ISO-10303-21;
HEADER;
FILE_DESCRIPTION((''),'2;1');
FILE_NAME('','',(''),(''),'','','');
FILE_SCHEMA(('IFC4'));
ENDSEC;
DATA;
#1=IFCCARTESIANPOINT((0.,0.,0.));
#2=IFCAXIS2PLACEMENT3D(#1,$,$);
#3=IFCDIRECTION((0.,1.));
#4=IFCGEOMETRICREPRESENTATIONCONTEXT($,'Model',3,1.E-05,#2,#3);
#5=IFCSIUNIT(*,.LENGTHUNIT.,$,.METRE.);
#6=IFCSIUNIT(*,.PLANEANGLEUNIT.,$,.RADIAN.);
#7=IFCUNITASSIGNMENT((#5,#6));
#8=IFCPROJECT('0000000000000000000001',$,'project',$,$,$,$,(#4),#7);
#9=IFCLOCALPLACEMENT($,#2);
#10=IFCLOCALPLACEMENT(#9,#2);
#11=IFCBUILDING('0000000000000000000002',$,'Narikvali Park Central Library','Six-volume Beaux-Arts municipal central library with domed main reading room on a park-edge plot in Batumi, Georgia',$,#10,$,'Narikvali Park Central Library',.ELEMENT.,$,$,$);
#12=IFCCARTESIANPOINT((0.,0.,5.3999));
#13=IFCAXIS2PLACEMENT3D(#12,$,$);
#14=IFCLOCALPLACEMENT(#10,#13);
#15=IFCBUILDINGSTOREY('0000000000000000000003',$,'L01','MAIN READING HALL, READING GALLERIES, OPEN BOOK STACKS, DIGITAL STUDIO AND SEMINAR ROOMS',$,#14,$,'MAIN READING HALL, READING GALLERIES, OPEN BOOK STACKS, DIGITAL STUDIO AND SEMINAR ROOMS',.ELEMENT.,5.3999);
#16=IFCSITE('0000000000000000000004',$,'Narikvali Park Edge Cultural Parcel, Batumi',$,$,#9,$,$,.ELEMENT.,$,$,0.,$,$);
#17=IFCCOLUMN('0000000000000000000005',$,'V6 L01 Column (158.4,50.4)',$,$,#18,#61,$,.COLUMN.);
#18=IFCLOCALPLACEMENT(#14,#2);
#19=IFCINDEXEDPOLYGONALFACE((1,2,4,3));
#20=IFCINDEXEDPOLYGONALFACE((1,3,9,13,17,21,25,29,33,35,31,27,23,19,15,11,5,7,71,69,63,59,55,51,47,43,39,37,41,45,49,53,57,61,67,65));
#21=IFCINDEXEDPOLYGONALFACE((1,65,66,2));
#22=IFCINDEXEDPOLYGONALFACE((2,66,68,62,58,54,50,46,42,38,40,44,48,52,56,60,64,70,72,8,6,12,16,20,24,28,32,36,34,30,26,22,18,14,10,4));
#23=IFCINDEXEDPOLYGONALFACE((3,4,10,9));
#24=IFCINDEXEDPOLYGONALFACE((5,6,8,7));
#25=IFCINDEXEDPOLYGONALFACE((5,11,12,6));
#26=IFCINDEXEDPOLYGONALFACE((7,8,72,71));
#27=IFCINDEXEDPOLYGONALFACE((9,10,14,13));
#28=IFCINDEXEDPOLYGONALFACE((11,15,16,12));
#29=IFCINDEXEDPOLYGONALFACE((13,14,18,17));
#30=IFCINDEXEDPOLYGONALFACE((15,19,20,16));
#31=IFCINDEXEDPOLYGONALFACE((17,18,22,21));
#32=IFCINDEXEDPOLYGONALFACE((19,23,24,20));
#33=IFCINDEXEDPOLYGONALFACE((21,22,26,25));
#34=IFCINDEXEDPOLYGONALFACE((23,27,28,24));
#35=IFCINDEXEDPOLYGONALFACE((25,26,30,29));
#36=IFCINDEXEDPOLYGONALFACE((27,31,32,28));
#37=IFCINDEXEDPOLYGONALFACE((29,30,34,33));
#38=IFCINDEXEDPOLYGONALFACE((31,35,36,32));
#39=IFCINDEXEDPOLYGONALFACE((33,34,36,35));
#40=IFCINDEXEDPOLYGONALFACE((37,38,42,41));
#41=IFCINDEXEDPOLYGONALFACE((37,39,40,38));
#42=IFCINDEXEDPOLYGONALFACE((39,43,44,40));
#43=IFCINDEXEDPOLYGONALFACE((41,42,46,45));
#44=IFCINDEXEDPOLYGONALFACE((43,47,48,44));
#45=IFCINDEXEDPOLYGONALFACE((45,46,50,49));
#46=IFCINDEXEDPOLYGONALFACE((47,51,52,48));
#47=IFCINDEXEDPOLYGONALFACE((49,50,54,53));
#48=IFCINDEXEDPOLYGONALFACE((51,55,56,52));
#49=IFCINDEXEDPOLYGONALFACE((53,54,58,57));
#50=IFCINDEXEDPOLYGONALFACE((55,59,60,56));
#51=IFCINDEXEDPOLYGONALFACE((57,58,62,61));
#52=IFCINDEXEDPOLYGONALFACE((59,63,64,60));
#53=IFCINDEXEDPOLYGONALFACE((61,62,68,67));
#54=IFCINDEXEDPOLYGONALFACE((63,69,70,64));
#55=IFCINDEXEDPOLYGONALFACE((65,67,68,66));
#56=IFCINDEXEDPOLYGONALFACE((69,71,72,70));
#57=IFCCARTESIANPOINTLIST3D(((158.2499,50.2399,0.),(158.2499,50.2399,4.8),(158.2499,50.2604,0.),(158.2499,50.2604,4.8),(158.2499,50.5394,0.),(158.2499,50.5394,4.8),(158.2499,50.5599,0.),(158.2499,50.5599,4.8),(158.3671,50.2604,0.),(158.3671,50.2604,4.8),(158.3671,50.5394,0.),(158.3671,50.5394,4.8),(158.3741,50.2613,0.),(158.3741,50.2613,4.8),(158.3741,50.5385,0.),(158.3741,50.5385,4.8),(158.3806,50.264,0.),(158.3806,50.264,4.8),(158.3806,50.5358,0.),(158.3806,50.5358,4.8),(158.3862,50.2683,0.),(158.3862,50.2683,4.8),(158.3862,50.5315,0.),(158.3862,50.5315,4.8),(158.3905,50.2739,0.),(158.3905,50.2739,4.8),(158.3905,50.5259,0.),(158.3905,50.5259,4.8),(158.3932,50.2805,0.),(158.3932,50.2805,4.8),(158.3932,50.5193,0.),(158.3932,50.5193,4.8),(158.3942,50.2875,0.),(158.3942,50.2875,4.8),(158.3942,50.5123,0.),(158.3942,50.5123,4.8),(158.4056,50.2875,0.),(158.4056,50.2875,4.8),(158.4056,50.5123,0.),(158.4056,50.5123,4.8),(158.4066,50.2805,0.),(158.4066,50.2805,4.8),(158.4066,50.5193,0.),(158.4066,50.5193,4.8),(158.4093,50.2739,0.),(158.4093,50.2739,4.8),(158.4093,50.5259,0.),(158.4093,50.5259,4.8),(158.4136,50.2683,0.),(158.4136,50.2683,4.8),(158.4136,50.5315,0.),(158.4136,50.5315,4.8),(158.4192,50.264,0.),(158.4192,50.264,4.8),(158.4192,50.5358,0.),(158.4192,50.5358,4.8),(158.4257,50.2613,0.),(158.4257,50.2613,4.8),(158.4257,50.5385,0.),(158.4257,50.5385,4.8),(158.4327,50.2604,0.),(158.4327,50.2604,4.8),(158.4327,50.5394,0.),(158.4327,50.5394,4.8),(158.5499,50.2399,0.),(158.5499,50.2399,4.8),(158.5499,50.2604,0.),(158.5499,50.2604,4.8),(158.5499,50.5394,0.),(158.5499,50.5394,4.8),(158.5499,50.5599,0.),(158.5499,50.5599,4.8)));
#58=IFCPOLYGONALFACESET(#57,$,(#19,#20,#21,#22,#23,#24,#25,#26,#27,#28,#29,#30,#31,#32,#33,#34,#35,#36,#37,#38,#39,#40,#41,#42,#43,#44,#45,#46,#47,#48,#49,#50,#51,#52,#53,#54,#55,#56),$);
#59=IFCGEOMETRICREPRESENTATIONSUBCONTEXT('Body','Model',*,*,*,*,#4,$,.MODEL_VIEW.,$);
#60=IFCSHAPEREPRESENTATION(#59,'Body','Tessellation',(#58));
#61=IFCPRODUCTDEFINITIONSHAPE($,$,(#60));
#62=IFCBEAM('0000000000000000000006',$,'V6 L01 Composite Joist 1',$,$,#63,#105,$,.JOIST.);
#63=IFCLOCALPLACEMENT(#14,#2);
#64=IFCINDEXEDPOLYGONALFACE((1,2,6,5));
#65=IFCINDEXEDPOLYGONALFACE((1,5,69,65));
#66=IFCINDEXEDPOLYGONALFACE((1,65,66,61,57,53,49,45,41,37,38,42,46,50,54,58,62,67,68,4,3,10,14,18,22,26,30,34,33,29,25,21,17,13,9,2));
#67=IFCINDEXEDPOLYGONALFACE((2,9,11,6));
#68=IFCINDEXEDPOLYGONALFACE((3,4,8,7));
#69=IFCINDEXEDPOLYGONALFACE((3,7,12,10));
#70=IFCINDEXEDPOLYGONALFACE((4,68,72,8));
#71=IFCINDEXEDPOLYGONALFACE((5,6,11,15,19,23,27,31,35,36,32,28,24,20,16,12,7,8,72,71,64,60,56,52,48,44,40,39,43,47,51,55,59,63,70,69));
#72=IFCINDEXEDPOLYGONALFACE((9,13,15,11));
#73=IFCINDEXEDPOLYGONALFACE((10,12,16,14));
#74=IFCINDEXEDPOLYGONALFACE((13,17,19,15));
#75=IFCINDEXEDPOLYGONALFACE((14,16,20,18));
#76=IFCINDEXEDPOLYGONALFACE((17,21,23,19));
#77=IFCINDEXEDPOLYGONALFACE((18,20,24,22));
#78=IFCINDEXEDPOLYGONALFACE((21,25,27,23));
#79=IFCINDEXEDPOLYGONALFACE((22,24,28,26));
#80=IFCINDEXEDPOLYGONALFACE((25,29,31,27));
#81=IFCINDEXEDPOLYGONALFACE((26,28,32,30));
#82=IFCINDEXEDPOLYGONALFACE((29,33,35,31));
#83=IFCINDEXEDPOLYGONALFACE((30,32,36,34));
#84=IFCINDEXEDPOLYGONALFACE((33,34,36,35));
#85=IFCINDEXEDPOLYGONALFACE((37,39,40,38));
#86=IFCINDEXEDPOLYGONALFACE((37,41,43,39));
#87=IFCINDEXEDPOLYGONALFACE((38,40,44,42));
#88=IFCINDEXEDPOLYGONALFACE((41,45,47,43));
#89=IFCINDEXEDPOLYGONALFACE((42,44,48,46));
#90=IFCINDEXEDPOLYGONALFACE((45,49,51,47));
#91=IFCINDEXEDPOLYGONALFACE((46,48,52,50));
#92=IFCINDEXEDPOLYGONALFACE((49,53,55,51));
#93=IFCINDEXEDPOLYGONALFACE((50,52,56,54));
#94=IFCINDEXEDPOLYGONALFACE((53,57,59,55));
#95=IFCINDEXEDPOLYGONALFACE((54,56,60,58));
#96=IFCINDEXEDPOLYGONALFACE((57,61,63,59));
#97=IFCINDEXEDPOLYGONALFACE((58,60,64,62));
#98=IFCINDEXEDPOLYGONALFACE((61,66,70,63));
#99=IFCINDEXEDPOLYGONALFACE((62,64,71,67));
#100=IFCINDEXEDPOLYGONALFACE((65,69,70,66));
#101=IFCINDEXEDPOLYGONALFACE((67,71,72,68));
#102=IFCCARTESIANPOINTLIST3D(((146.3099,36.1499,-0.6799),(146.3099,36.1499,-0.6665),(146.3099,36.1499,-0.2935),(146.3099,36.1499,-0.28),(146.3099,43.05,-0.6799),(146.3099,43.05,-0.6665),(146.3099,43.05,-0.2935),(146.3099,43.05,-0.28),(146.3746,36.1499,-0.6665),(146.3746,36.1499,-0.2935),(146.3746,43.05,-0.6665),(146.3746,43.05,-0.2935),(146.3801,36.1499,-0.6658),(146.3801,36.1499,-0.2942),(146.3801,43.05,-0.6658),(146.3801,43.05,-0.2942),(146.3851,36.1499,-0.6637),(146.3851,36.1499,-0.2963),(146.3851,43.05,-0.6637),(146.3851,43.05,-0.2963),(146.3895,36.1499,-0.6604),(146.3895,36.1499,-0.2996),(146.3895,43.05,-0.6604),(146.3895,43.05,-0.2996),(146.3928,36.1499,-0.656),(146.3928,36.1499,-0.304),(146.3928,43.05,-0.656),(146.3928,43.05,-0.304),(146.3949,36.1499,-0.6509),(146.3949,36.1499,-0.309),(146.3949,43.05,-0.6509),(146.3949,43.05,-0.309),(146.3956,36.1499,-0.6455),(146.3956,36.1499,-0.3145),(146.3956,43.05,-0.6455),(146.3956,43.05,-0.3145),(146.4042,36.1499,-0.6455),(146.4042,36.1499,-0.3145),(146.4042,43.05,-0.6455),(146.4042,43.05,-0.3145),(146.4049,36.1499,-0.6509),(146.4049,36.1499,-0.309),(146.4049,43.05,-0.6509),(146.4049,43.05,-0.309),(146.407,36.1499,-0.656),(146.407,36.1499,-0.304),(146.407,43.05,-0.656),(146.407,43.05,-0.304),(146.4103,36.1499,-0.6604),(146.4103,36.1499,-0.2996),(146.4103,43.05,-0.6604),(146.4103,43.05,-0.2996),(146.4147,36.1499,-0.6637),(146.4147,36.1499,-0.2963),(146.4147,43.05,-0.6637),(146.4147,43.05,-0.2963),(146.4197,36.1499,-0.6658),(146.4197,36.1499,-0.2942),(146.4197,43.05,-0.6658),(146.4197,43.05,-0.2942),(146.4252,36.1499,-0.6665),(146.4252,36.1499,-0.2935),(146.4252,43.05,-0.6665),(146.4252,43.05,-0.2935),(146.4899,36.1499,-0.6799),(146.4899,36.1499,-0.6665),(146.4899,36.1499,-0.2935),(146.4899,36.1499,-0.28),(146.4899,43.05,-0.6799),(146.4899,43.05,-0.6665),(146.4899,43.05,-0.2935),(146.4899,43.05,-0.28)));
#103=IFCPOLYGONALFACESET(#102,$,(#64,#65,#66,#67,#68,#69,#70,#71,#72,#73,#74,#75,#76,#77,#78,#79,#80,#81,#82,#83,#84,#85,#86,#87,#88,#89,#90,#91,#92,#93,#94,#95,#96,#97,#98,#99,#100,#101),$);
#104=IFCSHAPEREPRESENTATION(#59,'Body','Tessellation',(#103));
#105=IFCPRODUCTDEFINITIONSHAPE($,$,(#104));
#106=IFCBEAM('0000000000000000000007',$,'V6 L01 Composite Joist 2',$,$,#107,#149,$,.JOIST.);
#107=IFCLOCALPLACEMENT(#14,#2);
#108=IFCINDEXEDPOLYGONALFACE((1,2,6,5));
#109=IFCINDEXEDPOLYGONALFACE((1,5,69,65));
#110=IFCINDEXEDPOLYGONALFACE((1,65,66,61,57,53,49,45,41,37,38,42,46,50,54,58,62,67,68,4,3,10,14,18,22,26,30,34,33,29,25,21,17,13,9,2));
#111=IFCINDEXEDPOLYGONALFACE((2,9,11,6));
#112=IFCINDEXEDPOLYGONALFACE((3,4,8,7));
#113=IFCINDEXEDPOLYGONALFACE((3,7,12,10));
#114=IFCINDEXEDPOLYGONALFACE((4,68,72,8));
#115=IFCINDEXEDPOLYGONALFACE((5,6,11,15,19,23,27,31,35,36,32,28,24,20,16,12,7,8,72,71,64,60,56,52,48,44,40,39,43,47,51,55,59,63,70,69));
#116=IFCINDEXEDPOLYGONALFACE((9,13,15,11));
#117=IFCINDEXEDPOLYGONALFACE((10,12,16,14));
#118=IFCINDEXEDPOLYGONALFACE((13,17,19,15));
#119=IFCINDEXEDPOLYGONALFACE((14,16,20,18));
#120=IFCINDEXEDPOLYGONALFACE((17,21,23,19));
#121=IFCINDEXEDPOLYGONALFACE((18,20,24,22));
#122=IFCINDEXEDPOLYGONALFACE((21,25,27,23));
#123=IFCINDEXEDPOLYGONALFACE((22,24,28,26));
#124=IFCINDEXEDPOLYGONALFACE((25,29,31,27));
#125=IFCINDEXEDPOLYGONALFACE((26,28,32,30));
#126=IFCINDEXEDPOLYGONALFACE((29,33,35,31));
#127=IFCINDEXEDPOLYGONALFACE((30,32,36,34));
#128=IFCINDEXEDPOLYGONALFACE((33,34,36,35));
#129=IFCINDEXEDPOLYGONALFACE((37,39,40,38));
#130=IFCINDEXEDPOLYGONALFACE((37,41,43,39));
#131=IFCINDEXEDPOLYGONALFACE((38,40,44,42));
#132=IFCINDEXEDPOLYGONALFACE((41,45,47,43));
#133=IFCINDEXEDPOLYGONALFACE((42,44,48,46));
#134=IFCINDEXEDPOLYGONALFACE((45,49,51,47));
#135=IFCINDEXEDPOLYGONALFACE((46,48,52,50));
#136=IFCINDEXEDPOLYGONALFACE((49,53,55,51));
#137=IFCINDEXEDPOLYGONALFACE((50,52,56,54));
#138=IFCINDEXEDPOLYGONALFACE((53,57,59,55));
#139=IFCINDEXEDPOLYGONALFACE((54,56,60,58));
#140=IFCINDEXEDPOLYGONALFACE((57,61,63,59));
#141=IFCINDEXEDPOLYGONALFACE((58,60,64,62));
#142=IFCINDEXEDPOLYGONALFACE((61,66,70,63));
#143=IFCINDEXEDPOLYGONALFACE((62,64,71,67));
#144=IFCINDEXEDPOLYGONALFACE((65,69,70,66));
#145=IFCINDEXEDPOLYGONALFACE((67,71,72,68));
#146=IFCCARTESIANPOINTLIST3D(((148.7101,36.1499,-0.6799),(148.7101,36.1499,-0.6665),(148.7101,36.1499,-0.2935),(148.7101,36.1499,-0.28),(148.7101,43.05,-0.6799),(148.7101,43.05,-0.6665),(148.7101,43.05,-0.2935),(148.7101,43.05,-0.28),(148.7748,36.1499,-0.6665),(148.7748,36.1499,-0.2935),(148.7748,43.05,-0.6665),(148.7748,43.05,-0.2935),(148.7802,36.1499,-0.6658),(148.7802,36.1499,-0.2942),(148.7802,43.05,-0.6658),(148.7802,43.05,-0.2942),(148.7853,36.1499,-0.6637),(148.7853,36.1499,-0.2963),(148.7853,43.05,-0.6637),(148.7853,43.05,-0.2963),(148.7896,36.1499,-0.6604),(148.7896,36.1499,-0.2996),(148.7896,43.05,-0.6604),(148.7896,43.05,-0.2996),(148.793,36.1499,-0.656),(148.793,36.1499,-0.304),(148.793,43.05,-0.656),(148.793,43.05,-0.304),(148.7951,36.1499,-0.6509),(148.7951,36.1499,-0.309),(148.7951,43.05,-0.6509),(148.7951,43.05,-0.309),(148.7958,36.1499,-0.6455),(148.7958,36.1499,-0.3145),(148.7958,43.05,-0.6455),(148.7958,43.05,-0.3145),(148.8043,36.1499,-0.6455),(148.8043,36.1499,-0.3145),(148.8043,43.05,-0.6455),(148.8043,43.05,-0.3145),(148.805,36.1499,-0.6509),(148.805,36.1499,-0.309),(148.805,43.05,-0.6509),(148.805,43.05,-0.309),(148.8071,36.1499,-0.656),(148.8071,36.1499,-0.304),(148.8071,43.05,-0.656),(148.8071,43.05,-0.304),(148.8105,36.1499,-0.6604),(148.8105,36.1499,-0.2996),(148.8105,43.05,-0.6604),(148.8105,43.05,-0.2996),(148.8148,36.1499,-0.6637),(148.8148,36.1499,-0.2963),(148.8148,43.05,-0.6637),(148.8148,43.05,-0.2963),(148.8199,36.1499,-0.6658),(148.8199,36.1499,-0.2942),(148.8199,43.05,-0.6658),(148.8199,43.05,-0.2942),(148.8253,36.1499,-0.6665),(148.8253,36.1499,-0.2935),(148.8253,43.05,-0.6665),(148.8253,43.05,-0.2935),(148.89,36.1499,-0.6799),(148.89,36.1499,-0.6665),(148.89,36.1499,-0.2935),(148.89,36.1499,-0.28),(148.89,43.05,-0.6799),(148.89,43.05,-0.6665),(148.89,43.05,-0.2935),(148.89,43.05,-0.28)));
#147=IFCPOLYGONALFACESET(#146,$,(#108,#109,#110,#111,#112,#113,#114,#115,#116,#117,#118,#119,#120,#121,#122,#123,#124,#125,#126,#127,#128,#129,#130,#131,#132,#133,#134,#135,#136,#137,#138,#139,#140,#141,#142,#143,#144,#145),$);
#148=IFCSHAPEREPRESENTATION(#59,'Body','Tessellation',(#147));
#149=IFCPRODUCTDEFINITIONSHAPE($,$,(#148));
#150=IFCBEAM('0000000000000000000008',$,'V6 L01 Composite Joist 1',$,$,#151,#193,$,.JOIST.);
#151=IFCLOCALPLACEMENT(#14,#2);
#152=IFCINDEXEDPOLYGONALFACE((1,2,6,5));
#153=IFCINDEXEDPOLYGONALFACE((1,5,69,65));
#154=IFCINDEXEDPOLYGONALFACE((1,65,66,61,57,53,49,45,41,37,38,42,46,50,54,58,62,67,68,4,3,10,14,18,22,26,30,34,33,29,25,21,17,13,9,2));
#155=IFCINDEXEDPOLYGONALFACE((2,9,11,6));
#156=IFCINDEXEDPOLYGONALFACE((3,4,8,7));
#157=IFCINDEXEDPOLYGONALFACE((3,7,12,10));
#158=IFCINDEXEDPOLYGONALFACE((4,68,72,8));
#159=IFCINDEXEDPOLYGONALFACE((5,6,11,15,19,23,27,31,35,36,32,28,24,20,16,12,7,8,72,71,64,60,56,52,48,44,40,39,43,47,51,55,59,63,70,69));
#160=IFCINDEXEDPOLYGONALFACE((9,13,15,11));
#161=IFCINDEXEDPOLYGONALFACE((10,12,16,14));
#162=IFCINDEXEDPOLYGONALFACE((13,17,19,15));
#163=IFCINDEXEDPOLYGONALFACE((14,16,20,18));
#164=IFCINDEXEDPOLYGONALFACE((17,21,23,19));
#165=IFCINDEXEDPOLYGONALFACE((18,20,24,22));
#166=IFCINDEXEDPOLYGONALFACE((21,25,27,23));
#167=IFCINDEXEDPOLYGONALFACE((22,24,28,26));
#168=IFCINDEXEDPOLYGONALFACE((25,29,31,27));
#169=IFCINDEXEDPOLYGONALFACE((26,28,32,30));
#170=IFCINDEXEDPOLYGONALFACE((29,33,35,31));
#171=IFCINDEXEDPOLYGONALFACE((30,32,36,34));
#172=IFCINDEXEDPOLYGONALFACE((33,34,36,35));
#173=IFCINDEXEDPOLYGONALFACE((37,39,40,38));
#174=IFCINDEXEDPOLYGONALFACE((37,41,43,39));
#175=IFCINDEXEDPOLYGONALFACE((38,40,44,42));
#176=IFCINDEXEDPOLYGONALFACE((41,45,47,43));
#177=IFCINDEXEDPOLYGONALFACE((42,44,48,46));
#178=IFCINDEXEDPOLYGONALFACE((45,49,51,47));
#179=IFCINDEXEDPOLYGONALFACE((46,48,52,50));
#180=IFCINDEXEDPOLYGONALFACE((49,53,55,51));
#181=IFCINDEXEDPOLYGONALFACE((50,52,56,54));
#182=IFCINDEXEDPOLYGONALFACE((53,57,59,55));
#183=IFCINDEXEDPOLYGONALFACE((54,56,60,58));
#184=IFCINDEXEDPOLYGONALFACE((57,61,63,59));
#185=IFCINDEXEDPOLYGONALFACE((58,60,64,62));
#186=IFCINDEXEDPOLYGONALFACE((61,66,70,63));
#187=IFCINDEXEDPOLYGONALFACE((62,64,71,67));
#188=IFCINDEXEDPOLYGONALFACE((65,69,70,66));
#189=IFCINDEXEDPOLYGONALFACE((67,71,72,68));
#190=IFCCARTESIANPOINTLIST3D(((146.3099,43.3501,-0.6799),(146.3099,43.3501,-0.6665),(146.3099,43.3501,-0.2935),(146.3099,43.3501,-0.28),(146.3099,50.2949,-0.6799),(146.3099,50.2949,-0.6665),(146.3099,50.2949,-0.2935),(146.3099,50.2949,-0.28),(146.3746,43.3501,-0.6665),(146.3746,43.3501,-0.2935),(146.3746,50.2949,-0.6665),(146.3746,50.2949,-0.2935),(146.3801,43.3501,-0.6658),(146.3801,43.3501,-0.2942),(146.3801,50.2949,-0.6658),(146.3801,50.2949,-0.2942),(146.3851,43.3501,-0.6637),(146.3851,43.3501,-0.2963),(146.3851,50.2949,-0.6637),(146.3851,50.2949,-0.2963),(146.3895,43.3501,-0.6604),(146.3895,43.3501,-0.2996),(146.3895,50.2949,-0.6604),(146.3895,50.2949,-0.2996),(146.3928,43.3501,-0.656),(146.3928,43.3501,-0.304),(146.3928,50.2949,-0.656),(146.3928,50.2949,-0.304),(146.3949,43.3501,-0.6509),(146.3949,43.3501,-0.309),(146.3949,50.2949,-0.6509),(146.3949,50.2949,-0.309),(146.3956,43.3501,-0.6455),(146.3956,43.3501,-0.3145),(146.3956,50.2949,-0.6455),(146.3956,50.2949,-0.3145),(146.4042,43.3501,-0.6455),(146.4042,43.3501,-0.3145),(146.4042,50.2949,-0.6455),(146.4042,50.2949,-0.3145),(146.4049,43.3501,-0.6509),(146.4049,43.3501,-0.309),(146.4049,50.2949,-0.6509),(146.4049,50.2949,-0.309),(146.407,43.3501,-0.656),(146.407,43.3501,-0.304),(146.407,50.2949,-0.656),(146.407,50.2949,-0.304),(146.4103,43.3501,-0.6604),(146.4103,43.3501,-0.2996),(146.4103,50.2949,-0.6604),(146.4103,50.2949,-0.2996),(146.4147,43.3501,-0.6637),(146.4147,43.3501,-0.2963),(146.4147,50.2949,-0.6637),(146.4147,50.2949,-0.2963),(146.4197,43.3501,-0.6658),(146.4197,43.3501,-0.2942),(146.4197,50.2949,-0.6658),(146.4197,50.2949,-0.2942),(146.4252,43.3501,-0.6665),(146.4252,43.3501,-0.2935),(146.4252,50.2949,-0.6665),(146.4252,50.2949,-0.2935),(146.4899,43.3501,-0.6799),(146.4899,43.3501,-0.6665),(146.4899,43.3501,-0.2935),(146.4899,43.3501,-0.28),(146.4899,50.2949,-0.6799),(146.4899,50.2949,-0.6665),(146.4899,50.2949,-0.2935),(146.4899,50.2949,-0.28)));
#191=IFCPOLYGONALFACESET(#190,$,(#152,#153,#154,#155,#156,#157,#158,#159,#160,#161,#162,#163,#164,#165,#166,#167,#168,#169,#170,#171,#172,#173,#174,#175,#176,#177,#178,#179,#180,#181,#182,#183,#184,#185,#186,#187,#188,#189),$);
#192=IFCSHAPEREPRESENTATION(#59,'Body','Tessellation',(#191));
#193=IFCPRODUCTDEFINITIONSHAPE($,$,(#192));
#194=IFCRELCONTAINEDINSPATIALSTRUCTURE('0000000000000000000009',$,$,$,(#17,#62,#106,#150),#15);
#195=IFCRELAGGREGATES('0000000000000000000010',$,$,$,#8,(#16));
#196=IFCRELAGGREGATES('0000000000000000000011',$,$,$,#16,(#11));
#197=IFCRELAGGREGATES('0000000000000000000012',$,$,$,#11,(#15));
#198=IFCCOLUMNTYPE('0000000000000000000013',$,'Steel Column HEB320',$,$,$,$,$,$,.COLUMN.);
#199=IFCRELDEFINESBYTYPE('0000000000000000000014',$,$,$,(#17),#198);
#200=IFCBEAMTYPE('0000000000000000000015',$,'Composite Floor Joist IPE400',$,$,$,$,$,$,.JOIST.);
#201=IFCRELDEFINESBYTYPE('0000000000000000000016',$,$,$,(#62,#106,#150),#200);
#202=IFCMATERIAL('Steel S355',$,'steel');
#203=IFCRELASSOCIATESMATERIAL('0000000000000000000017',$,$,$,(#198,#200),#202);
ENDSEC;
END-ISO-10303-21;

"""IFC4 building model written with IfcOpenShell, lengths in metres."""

from ifc_helpers import new_model, si_unit, direction, frame, origin, origin_2d, place, context, subcontext, project, spatial, i_section, extrude, material, material_profile, profile_set, type_object, element, save


model = new_model("IFC4")

# Units and contexts
model_context = context("Model", 3, precision=1e-05, world=origin(), true_north=direction((0.0, 1.0)))
body_context = subcontext(model_context, "Body", "Model", "MODEL_VIEW")
ifc_project = project(units=[si_unit("LENGTHUNIT", "METRE"), si_unit("PLANEANGLEUNIT", "RADIAN")], contexts=[model_context])

# Site, building, storey
site_placement = place(None, origin())
site = spatial("IfcSite", under=ifc_project, at=site_placement, Name="Narikvali Park Edge Cultural Parcel, Batumi", CompositionType="ELEMENT", RefElevation=0.0)
building_placement = place(site_placement, origin())
building = spatial("IfcBuilding", under=site, at=building_placement, Name="Narikvali Park Central Library", Description="Six-volume Beaux-Arts municipal central library with domed main reading room on a park-edge plot in Batumi, Georgia", LongName="Narikvali Park Central Library", CompositionType="ELEMENT")
storey_placement = place(building_placement, frame((0.0, 0.0, 5.3999)))
storey = spatial("IfcBuildingStorey", under=building, at=storey_placement, Name="L01", Description="MAIN READING HALL, READING GALLERIES, OPEN BOOK STACKS, DIGITAL STUDIO AND SEMINAR ROOMS", LongName="MAIN READING HALL, READING GALLERIES, OPEN BOOK STACKS, DIGITAL STUDIO AND SEMINAR ROOMS", CompositionType="ELEMENT", Elevation=5.3999)

# Column
ifc_material_1 = material(Name="Steel S355", Category="steel")
ifc_material_profile_1 = material_profile(ifc_material_1, i_section(OverallWidth=0.3, OverallDepth=0.3201, WebThickness=0.0115, FlangeThickness=0.0205, FilletRadius=0.0271, at=origin_2d()), Name="HEB 320")
ifc_profile_set_1 = profile_set([ifc_material_profile_1], Name="Steel S355")
column_type = type_object("IfcColumnType", Name="Steel Column HEB320", PredefinedType="COLUMN", material=ifc_profile_set_1)
for number, where, z_axis, x_axis, name in (
    (1, (158.3999, 50.3999, 0.0), (0.0, 0.0, 1.0), (1.0, 0.0, 0.0), "V6 L01 Column (158.4,50.4)"),
):
    element("IfcColumn", number, at=place(storey_placement, frame(where, z_axis=z_axis, x_axis=x_axis)), inside=storey, type_object=column_type, Name=name, PredefinedType="COLUMN", context=body_context, shape_type="SweptSolid", body=[
        extrude(i_section(OverallWidth=0.3, OverallDepth=0.3201, WebThickness=0.0115, FlangeThickness=0.0205, FilletRadius=0.0271, at=origin_2d()), origin(), (0.0, 0.0, 1.0), 4.8),
    ])

# Beams
ifc_material_profile_2 = material_profile(ifc_material_1, i_section(OverallWidth=0.1799, OverallDepth=0.3999, WebThickness=0.0085, FlangeThickness=0.0134, FilletRadius=0.021, at=origin_2d()), Name="IPE 400")
ifc_profile_set_2 = profile_set([ifc_material_profile_2], Name="Steel S355")
beam_type_1 = type_object("IfcBeamType", Name="Composite Floor Joist IPE400", PredefinedType="JOIST", material=ifc_profile_set_2)
for number, where, z_axis, x_axis, name in (
    (2, (146.3999, 36.1499, -0.48), (0.0, 1.0, 0.0), (-1.0, 0.0, 0.0), "V6 L01 Composite Joist 1"),
    (3, (148.8, 36.1499, -0.48), (0.0, 1.0, 0.0), (-1.0, 0.0, 0.0), "V6 L01 Composite Joist 2"),
):
    element("IfcBeam", number, at=place(storey_placement, frame(where, z_axis=z_axis, x_axis=x_axis)), inside=storey, type_object=beam_type_1, Name=name, PredefinedType="JOIST", context=body_context, shape_type="SweptSolid", body=[
        extrude(i_section(OverallWidth=0.1799, OverallDepth=0.3999, WebThickness=0.0085, FlangeThickness=0.0134, FilletRadius=0.021, at=origin_2d()), origin(), (0.0, 0.0, 1.0), 6.9001),
    ])
for number, where, z_axis, x_axis, name in (
    (4, (146.3999, 43.3501, -0.48), (0.0, 1.0, 0.0), (-1.0, 0.0, 0.0), "V6 L01 Composite Joist 1"),
):
    element("IfcBeam", number, at=place(storey_placement, frame(where, z_axis=z_axis, x_axis=x_axis)), inside=storey, type_object=beam_type_1, Name=name, PredefinedType="JOIST", context=body_context, shape_type="SweptSolid", body=[
        extrude(i_section(OverallWidth=0.1799, OverallDepth=0.3999, WebThickness=0.0085, FlangeThickness=0.0134, FilletRadius=0.021, at=origin_2d()), origin(), (0.0, 0.0, 1.0), 6.9448),
    ])

save(model, "model.ifc")
